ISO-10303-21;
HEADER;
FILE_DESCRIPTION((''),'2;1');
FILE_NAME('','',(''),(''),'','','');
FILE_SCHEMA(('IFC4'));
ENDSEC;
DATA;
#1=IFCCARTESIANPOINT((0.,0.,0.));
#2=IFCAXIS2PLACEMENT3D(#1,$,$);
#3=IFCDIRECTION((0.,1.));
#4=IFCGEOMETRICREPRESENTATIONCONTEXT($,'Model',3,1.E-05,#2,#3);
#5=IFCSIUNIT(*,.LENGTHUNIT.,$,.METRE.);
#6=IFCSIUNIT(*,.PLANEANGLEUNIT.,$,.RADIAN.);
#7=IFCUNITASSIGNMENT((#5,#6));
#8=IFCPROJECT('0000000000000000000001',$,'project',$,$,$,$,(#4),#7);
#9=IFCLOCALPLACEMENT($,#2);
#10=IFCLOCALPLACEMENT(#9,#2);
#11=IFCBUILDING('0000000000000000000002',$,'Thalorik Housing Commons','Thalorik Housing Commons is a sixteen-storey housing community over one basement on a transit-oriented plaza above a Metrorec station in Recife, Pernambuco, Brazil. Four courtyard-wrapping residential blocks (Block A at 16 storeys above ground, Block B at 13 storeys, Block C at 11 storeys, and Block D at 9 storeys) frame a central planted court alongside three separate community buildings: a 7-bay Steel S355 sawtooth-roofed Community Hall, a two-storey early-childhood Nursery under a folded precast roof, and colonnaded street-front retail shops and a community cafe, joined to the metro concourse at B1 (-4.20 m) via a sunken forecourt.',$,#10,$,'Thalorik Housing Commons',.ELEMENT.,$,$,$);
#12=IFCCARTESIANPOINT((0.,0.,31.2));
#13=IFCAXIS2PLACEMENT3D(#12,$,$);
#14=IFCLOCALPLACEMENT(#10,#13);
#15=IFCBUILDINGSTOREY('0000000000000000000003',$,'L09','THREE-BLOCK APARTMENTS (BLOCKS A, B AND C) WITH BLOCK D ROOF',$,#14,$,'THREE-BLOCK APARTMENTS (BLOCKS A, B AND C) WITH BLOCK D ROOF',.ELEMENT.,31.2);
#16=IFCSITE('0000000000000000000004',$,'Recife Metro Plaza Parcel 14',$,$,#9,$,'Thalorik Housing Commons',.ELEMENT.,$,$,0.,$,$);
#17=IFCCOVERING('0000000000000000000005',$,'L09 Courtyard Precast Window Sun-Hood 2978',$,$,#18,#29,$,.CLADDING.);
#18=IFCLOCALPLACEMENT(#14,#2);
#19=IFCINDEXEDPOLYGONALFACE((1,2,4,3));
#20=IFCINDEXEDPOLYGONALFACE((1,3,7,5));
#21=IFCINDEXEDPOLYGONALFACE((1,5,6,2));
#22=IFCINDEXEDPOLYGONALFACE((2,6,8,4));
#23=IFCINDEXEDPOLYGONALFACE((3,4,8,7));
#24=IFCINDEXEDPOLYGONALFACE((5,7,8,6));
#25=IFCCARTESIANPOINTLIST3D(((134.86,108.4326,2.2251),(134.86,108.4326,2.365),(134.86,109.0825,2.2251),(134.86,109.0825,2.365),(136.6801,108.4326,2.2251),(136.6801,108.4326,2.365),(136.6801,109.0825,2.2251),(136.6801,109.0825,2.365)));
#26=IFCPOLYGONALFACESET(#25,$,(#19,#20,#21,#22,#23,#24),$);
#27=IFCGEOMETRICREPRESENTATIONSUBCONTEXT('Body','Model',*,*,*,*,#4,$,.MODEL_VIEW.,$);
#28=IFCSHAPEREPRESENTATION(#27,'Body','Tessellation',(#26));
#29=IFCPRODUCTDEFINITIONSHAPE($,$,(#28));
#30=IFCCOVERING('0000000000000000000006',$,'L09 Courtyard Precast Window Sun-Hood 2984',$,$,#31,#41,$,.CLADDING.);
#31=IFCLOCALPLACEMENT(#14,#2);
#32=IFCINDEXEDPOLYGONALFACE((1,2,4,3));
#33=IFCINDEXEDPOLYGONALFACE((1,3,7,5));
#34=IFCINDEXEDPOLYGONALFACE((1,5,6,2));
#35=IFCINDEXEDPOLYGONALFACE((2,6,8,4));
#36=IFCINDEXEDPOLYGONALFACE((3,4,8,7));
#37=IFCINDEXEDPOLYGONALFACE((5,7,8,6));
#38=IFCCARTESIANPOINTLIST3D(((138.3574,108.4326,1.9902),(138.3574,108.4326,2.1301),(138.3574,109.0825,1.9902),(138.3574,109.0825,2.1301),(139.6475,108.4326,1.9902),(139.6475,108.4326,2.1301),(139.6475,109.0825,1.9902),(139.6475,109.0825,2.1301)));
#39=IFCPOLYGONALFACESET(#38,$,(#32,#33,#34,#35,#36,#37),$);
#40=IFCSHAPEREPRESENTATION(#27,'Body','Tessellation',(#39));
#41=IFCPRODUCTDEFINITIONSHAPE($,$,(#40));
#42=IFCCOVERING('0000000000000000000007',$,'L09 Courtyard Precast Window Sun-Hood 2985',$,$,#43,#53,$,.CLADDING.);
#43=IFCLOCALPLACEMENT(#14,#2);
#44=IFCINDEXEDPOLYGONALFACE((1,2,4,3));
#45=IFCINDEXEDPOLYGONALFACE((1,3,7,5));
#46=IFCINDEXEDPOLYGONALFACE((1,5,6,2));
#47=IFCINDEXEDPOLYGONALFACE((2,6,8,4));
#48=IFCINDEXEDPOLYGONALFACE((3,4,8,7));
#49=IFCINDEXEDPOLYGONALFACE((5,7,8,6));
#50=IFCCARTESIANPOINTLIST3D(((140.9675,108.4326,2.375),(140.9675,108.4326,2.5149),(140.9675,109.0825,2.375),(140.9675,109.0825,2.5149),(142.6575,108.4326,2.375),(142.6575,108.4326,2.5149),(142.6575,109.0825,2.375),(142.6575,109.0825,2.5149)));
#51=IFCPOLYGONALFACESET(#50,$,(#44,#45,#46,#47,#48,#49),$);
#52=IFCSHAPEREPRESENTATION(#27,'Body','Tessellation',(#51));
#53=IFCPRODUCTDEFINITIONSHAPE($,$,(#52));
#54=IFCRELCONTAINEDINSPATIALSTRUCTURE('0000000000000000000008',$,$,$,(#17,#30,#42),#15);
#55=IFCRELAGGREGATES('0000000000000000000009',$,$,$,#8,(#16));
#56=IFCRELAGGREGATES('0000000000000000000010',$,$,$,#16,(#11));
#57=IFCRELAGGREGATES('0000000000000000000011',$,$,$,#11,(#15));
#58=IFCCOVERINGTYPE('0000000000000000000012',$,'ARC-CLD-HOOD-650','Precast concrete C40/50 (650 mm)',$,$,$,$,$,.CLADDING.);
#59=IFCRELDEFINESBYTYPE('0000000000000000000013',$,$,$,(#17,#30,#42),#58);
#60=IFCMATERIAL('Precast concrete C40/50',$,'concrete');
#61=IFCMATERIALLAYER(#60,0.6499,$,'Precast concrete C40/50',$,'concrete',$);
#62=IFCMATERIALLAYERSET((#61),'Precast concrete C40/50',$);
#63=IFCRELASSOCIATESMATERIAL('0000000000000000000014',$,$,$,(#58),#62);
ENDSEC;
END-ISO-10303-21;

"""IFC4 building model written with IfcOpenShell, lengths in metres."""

from ifc_helpers import new_model, si_unit, direction, frame, origin, origin_2d, place, context, subcontext, project, spatial, rectangle, extrude, material, layer, layer_set, type_object, element, save


model = new_model("IFC4")

# Units and contexts
model_context = context("Model", 3, precision=1e-05, world=origin(), true_north=direction((0.0, 1.0)))
body_context = subcontext(model_context, "Body", "Model", "MODEL_VIEW")
ifc_project = project(units=[si_unit("LENGTHUNIT", "METRE"), si_unit("PLANEANGLEUNIT", "RADIAN")], contexts=[model_context])

# Site, building, storey
site_placement = place(None, origin())
site = spatial("IfcSite", under=ifc_project, at=site_placement, Name="Recife Metro Plaza Parcel 14", LongName="Thalorik Housing Commons", CompositionType="ELEMENT", RefElevation=0.0)
building_placement = place(site_placement, origin())
building = spatial("IfcBuilding", under=site, at=building_placement, Name="Thalorik Housing Commons", Description="Thalorik Housing Commons is a sixteen-storey housing community over one basement on a transit-oriented plaza above a Metrorec station in Recife, Pernambuco, Brazil. Four courtyard-wrapping residential blocks (Block A at 16 storeys above ground, Block B at 13 storeys, Block C at 11 storeys, and Block D at 9 storeys) frame a central planted court alongside three separate community buildings: a 7-bay Steel S355 sawtooth-roofed Community Hall, a two-storey early-childhood Nursery under a folded precast roof, and colonnaded street-front retail shops and a community cafe, joined to the metro concourse at B1 (-4.20 m) via a sunken forecourt.", LongName="Thalorik Housing Commons", CompositionType="ELEMENT")
storey_placement = place(building_placement, frame((0.0, 0.0, 31.2)))
storey = spatial("IfcBuildingStorey", under=building, at=storey_placement, Name="L09", Description="THREE-BLOCK APARTMENTS (BLOCKS A, B AND C) WITH BLOCK D ROOF", LongName="THREE-BLOCK APARTMENTS (BLOCKS A, B AND C) WITH BLOCK D ROOF", CompositionType="ELEMENT", Elevation=31.2)

# Shared definitions
ifc_material_1 = material(Name="Precast concrete C40/50", Category="concrete")

# Coverings
ifc_layer_1 = layer(ifc_material_1, 0.6499, Name="Precast concrete C40/50", Category="concrete")
ifc_layer_set_1 = layer_set([ifc_layer_1], Name="Precast concrete C40/50")
covering_type = type_object("IfcCoveringType", Name="ARC-CLD-HOOD-650", Description="Precast concrete C40/50 (650 mm)", PredefinedType="CLADDING", material=ifc_layer_set_1)
covering_1_placement = place(storey_placement, frame((135.77, 108.7576, 2.2251), z_axis=(0.0, 0.0, 1.0), x_axis=(1.0, 0.0, 0.0)))
element("IfcCovering", 1, at=covering_1_placement, inside=storey, type_object=covering_type, Name="L09 Courtyard Precast Window Sun-Hood 2978", PredefinedType="CLADDING", context=body_context, shape_type="SweptSolid", body=[
    extrude(rectangle(XDim=1.8201, YDim=0.6499, at=origin_2d()), origin(), (0.0, 0.0, 1.0), 0.1399),
])
covering_2_placement = place(storey_placement, frame((139.0024, 108.7576, 1.9902), z_axis=(0.0, 0.0, 1.0), x_axis=(1.0, 0.0, 0.0)))
element("IfcCovering", 2, at=covering_2_placement, inside=storey, type_object=covering_type, Name="L09 Courtyard Precast Window Sun-Hood 2984", PredefinedType="CLADDING", context=body_context, shape_type="SweptSolid", body=[
    extrude(rectangle(XDim=1.29, YDim=0.6499, at=origin_2d()), origin(), (0.0, 0.0, 1.0), 0.1399),
])
covering_3_placement = place(storey_placement, frame((141.8125, 108.7576, 2.375), z_axis=(0.0, 0.0, 1.0), x_axis=(1.0, 0.0, 0.0)))
element("IfcCovering", 3, at=covering_3_placement, inside=storey, type_object=covering_type, Name="L09 Courtyard Precast Window Sun-Hood 2985", PredefinedType="CLADDING", context=body_context, shape_type="SweptSolid", body=[
    extrude(rectangle(XDim=1.6899, YDim=0.6499, at=origin_2d()), origin(), (0.0, 0.0, 1.0), 0.1399),
])

save(model, "model.ifc")
